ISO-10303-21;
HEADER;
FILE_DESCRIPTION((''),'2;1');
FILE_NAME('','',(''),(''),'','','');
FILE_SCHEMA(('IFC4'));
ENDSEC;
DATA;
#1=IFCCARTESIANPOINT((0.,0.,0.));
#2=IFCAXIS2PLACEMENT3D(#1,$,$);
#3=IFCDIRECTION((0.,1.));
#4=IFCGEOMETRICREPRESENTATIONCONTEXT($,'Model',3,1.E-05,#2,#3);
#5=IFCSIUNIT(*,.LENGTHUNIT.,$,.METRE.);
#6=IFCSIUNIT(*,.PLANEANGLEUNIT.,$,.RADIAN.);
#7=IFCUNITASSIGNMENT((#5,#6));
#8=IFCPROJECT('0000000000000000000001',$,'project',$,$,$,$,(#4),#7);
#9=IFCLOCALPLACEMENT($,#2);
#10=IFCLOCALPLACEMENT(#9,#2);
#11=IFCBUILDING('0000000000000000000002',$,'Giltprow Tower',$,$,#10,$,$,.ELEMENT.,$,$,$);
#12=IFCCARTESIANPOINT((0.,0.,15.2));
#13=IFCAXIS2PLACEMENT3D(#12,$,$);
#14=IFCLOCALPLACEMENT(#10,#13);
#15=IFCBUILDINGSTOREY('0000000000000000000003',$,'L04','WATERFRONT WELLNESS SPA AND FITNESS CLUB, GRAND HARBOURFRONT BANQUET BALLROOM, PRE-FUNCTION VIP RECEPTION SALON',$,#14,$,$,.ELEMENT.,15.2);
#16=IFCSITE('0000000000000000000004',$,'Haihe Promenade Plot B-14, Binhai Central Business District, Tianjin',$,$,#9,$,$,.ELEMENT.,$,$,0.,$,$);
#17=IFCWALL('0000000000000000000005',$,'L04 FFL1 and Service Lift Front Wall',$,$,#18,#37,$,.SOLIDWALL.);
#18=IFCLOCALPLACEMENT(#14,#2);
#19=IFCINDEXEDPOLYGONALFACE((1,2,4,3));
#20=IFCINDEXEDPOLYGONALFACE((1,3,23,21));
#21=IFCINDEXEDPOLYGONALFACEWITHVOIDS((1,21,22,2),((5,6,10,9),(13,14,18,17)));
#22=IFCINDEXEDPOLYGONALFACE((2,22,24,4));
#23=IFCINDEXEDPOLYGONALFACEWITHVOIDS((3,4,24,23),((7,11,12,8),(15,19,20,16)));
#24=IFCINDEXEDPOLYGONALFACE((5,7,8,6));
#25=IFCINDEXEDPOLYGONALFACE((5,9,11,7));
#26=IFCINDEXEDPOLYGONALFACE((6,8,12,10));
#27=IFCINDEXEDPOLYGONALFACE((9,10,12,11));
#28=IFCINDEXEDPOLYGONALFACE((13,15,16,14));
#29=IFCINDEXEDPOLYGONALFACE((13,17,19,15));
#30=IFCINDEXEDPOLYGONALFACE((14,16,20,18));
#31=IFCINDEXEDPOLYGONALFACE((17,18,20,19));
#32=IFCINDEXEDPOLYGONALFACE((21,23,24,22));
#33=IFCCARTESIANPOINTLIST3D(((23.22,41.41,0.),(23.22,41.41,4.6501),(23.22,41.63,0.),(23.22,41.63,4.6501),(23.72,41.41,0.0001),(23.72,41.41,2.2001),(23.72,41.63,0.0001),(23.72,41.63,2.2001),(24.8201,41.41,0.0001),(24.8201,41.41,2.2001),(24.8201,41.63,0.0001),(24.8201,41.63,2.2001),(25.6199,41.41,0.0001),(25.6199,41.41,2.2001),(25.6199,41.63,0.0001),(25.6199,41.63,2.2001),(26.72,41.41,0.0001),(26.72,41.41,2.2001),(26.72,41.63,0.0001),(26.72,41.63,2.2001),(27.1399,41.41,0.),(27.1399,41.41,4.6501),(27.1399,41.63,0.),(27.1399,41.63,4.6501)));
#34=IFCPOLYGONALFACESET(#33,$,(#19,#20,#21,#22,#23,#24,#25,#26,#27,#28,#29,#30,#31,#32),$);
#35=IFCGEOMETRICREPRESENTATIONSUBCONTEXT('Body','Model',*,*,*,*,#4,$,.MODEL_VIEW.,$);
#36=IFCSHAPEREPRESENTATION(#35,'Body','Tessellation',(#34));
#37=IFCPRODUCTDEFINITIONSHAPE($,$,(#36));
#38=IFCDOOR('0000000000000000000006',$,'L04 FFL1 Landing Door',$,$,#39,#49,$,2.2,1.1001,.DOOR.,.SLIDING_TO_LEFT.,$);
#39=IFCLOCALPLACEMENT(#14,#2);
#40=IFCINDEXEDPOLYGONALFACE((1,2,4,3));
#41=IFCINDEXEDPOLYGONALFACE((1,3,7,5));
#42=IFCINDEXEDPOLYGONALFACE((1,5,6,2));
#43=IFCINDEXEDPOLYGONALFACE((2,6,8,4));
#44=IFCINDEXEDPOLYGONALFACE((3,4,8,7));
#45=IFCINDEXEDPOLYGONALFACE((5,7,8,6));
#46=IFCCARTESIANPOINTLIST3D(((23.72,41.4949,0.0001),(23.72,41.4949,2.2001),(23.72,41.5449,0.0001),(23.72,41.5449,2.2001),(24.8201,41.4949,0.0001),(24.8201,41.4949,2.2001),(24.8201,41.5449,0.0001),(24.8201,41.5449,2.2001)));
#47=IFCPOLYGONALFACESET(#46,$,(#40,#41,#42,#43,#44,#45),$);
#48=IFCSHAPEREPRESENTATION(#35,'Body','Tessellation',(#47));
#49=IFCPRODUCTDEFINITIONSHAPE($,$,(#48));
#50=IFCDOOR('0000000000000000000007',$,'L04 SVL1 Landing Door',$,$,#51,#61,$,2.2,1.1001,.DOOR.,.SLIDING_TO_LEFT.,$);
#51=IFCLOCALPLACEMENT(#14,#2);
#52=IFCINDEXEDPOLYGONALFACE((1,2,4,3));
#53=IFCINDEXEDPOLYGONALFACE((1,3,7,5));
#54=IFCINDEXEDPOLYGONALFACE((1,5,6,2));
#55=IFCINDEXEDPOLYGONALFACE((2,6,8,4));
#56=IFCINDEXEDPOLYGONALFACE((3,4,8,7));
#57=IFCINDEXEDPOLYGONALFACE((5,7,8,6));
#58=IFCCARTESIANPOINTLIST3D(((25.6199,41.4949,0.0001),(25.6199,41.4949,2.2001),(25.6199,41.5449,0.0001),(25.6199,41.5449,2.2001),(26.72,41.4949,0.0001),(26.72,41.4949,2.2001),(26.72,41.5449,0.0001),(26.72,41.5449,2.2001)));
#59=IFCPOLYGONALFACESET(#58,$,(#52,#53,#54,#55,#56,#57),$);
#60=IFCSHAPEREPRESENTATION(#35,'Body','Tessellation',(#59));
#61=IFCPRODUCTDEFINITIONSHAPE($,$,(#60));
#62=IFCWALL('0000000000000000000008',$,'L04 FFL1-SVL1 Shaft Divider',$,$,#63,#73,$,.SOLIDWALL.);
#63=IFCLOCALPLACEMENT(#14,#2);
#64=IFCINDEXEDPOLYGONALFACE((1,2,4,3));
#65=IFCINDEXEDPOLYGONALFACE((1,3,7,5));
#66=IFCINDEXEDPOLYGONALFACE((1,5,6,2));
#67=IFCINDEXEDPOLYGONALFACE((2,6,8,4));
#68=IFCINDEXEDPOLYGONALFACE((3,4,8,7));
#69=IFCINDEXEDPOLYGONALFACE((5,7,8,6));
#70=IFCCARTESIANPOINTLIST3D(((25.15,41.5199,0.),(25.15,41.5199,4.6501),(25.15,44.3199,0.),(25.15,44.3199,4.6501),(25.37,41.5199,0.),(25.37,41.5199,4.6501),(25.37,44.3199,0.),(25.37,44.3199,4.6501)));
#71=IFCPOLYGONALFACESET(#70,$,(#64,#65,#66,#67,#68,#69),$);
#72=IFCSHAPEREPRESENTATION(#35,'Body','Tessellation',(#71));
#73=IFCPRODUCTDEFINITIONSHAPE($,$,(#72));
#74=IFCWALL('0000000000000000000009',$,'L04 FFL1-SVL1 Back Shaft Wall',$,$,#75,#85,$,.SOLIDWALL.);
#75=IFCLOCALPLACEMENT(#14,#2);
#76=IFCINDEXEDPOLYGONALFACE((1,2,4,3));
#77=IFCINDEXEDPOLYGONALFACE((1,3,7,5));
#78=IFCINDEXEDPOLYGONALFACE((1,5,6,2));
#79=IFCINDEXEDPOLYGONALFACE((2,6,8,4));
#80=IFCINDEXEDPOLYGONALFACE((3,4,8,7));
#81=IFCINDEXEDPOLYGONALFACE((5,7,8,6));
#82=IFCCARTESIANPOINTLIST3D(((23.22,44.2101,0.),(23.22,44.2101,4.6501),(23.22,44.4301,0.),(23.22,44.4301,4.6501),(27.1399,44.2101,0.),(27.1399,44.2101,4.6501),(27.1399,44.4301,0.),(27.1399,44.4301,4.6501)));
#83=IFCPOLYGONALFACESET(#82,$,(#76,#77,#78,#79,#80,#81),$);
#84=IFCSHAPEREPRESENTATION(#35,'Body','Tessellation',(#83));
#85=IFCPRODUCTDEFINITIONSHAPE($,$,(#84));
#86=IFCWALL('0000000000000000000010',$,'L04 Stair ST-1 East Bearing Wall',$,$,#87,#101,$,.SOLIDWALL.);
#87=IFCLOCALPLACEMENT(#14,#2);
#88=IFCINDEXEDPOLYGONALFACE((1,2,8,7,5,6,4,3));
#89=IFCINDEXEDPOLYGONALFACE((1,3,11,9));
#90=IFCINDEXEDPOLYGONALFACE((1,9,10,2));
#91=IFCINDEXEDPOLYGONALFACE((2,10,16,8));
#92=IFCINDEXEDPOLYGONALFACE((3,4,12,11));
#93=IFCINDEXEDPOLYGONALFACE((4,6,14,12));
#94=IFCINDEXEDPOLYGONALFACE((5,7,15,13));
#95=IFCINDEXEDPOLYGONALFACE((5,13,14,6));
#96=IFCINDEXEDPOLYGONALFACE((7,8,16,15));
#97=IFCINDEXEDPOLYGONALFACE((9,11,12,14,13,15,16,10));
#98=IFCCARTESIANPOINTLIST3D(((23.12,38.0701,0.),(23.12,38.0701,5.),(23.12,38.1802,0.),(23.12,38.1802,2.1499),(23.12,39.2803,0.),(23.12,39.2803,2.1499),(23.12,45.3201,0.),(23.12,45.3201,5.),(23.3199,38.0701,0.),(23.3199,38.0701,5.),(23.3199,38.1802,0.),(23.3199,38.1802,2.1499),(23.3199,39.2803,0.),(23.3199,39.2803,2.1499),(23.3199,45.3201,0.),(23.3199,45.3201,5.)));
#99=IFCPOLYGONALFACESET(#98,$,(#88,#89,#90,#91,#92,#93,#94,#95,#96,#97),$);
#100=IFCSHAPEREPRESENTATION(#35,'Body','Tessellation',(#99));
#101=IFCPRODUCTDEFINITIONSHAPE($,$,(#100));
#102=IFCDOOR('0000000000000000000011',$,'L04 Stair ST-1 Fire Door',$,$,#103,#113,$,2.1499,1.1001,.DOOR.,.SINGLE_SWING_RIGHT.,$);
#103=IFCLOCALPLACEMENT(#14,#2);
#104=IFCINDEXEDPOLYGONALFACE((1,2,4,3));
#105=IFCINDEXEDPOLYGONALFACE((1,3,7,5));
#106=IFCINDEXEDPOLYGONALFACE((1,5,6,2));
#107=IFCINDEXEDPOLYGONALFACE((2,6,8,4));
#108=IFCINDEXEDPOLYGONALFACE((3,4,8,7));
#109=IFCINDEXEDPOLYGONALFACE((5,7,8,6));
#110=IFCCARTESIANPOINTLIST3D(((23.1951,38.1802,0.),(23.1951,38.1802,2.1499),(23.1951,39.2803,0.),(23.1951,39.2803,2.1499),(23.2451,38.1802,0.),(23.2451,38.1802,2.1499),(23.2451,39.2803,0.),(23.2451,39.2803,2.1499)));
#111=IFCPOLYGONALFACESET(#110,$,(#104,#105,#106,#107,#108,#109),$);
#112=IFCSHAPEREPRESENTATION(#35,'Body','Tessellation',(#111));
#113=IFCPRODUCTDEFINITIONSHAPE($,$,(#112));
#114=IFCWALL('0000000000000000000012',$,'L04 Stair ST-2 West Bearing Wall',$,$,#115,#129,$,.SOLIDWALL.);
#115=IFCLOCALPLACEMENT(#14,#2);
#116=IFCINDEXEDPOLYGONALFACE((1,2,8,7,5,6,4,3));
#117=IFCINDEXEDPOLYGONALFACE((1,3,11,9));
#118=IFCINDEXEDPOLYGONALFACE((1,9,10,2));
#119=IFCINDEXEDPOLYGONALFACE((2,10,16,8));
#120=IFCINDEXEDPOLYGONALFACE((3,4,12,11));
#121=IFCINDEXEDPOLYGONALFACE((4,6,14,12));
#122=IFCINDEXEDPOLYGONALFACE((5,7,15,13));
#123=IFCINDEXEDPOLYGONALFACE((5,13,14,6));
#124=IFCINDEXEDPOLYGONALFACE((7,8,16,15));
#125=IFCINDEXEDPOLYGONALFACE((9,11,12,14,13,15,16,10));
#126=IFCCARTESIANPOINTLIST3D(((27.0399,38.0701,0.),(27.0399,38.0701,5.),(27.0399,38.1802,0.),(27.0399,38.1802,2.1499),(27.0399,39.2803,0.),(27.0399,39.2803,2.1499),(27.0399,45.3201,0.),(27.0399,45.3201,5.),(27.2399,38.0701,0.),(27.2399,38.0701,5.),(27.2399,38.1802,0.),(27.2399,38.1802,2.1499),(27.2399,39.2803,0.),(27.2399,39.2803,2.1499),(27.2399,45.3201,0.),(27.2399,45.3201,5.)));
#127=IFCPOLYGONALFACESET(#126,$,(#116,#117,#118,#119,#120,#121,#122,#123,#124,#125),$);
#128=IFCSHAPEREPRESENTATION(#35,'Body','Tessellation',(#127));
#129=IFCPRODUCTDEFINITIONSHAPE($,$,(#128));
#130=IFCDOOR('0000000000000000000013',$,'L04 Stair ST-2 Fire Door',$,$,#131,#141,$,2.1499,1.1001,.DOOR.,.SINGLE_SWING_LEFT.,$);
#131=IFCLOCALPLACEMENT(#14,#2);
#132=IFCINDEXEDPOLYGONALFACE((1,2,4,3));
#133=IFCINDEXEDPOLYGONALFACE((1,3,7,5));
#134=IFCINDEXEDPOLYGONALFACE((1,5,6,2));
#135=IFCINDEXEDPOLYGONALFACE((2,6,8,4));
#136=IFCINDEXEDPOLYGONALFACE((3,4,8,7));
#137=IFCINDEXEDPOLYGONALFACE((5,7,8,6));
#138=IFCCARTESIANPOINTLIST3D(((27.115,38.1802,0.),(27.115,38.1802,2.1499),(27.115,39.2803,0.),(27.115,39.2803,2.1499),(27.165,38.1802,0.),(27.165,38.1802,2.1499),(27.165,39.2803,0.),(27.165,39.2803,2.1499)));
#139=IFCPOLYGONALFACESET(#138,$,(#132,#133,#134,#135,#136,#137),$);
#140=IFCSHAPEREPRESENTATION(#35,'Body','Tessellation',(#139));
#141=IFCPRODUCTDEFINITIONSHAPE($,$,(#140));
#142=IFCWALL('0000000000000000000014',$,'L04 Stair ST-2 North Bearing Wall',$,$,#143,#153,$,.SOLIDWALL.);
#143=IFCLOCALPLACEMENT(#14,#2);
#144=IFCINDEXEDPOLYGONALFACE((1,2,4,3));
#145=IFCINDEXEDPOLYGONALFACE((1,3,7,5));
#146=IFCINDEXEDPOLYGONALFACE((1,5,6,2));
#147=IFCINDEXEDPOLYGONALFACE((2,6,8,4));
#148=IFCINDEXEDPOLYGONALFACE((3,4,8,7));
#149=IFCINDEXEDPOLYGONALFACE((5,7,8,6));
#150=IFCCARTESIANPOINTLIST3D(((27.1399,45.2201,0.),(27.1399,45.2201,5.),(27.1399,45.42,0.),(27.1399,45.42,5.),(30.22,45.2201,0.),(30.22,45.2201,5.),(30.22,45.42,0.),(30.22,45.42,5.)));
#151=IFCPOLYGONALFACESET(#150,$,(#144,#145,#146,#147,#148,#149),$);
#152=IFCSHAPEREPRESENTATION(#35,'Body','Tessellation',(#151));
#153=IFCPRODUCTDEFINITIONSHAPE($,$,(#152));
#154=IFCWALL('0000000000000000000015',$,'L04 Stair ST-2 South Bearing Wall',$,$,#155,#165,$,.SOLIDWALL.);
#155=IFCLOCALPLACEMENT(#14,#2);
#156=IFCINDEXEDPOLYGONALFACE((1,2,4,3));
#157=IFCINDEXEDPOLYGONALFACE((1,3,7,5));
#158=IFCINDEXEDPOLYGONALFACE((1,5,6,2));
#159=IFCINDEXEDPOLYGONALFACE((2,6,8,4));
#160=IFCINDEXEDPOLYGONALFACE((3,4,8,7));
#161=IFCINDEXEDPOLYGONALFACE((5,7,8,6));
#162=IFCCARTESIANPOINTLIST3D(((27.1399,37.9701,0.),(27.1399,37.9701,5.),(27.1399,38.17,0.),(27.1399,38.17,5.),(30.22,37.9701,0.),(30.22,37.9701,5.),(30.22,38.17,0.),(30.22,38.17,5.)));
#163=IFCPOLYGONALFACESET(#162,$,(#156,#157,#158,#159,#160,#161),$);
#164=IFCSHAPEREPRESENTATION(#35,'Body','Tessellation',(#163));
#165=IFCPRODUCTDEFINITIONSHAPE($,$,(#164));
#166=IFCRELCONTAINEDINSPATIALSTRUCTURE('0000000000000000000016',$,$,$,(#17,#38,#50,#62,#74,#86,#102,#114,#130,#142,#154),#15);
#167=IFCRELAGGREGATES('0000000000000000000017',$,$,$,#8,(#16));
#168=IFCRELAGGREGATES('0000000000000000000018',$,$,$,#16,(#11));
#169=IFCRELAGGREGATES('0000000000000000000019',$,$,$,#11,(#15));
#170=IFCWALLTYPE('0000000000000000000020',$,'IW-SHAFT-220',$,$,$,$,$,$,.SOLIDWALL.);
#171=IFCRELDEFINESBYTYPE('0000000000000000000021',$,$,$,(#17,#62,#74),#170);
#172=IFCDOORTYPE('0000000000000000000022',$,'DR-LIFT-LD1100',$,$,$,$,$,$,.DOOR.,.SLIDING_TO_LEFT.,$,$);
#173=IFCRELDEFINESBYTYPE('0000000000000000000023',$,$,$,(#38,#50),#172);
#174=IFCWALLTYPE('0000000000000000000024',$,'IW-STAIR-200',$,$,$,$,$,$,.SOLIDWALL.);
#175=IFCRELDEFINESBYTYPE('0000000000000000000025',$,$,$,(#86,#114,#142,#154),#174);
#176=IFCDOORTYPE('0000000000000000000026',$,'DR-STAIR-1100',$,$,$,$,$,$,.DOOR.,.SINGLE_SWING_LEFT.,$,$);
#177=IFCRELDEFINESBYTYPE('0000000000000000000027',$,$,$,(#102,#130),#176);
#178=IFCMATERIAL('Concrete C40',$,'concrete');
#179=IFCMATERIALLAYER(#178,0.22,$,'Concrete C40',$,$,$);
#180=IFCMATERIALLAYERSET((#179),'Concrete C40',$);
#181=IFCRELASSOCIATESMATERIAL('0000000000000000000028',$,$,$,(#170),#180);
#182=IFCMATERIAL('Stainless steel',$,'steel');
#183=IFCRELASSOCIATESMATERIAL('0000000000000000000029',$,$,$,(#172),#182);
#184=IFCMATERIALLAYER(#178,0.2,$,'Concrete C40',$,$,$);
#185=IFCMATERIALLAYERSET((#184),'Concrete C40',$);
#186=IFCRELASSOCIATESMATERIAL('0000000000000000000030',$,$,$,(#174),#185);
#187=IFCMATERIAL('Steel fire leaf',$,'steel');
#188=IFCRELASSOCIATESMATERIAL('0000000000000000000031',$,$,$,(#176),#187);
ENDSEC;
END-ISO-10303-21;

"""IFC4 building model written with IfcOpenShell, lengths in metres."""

from ifc_helpers import new_model, si_unit, direction, frame, frame_2d, origin, place, context, subcontext, project, spatial, rectangle, extrude, source, transform, mapped, material, layer, layer_set, type_object, element, fill, save


model = new_model("IFC4")

# Units and contexts
model_context = context("Model", 3, precision=1e-05, world=origin(), true_north=direction((0.0, 1.0)))
body_context = subcontext(model_context, "Body", "Model", "MODEL_VIEW")
ifc_project = project(units=[si_unit("LENGTHUNIT", "METRE"), si_unit("PLANEANGLEUNIT", "RADIAN")], contexts=[model_context])

# Site, building, storey
site_placement = place(None, origin())
site = spatial("IfcSite", under=ifc_project, at=site_placement, Name="Haihe Promenade Plot B-14, Binhai Central Business District, Tianjin", CompositionType="ELEMENT", RefElevation=0.0)
building_placement = place(site_placement, origin())
building = spatial("IfcBuilding", under=site, at=building_placement, Name="Giltprow Tower", CompositionType="ELEMENT")
storey_placement = place(building_placement, frame((0.0, 0.0, 15.2)))
storey = spatial("IfcBuildingStorey", under=building, at=storey_placement, Name="L04", Description="WATERFRONT WELLNESS SPA AND FITNESS CLUB, GRAND HARBOURFRONT BANQUET BALLROOM, PRE-FUNCTION VIP RECEPTION SALON", CompositionType="ELEMENT", Elevation=15.2)

# Wall, openings, doors
ifc_material_1 = material(Name="Concrete C40", Category="concrete")
ifc_layer_1 = layer(ifc_material_1, 0.22, Name="Concrete C40")
ifc_layer_set_1 = layer_set([ifc_layer_1], Name="Concrete C40")
wall_type_1 = type_object("IfcWallType", Name="IW-SHAFT-220", PredefinedType="SOLIDWALL", material=ifc_layer_set_1)
wall_1_placement = place(storey_placement, frame((23.22, 41.52, 0.0), z_axis=(0.0, 0.0, 1.0), x_axis=(1.0, 0.0, 0.0)))
wall_1 = element("IfcWall", 1, at=wall_1_placement, inside=storey, type_object=wall_type_1, Name="L04 FFL1 and Service Lift Front Wall", PredefinedType="SOLIDWALL", context=body_context, shape_type="SweptSolid", body=[
    extrude(rectangle(XDim=3.9199, YDim=0.22, at=frame_2d((1.96, 0.0))), origin(), (0.0, 0.0, 1.0), 4.6501),
])
opening_1_placement = place(wall_1_placement, frame((0.5, 0.0, 0.0)))
opening_1 = element("IfcOpeningElement", 2, at=opening_1_placement, cuts=wall_1, PredefinedType="OPENING", context=body_context, shape_type="SweptSolid", body=[
    extrude(rectangle(XDim=1.1001, YDim=2.2, at=frame_2d((0.55, 1.1001))), frame((0.0, 0.1199, 0.0), z_axis=(0.0, -1.0, 0.0), x_axis=(1.0, 0.0, 0.0)), (0.0, 0.0, 1.0), 0.24),
])
opening_2_placement = place(wall_1_placement, frame((2.3999, 0.0, 0.0)))
opening_2 = element("IfcOpeningElement", 3, at=opening_2_placement, cuts=wall_1, PredefinedType="OPENING", context=body_context, shape_type="SweptSolid", body=[
    extrude(rectangle(XDim=1.1001, YDim=2.2, at=frame_2d((0.55, 1.1001))), frame((0.0, 0.1199, 0.0), z_axis=(0.0, -1.0, 0.0), x_axis=(1.0, 0.0, 0.0)), (0.0, 0.0, 1.0), 0.24),
])
ifc_material_2 = material(Name="Stainless steel", Category="steel")
door_type_1 = type_object("IfcDoorType", Name="DR-LIFT-LD1100", OperationType="SLIDING_TO_LEFT", PredefinedType="DOOR", material=ifc_material_2)
shared_shape_1 = source(origin(), body_context, "Body", "SweptSolid", [
    extrude(rectangle(XDim=1.1001, YDim=2.2, at=frame_2d((0.55, 1.1001))), frame((0.0, 0.0249, 0.0), z_axis=(0.0, -1.0, 0.0), x_axis=(1.0, 0.0, 0.0)), (0.0, 0.0, 1.0), 0.05),
])
door_1_placement = place(opening_1_placement, origin())
door_1 = element("IfcDoor", 4, at=door_1_placement, inside=storey, type_object=door_type_1, Name="L04 FFL1 Landing Door", OperationType="SLIDING_TO_LEFT", OverallHeight=2.2, OverallWidth=1.1001, PredefinedType="DOOR", context=body_context, shape_type="MappedRepresentation", body=[
    mapped(shared_shape_1, transform((0.0, 0.0, 0.0), x_axis=(1.0, 0.0, 0.0), y_axis=(0.0, 1.0, 0.0), z_axis=(0.0, 0.0, 1.0), scale=1.0)),
])
fill(opening_1, door_1)
door_2_placement = place(opening_2_placement, origin())
door_2 = element("IfcDoor", 5, at=door_2_placement, inside=storey, type_object=door_type_1, Name="L04 SVL1 Landing Door", OperationType="SLIDING_TO_LEFT", OverallHeight=2.2, OverallWidth=1.1001, PredefinedType="DOOR", context=body_context, shape_type="MappedRepresentation", body=[
    mapped(shared_shape_1, transform((0.0, 0.0, 0.0), x_axis=(1.0, 0.0, 0.0), y_axis=(0.0, 1.0, 0.0), z_axis=(0.0, 0.0, 1.0), scale=1.0)),
])
fill(opening_2, door_2)

# Walls
wall_2_placement = place(storey_placement, frame((25.26, 41.52, 0.0), z_axis=(0.0, 0.0, 1.0), x_axis=(0.0, 1.0, 0.0)))
element("IfcWall", 6, at=wall_2_placement, inside=storey, type_object=wall_type_1, Name="L04 FFL1-SVL1 Shaft Divider", PredefinedType="SOLIDWALL", context=body_context, shape_type="SweptSolid", body=[
    extrude(rectangle(XDim=2.8, YDim=0.22, at=frame_2d((1.3999, 0.0))), origin(), (0.0, 0.0, 1.0), 4.6501),
])
wall_3_placement = place(storey_placement, frame((23.22, 44.3201, 0.0), z_axis=(0.0, 0.0, 1.0), x_axis=(1.0, 0.0, 0.0)))
element("IfcWall", 7, at=wall_3_placement, inside=storey, type_object=wall_type_1, Name="L04 FFL1-SVL1 Back Shaft Wall", PredefinedType="SOLIDWALL", context=body_context, shape_type="SweptSolid", body=[
    extrude(rectangle(XDim=3.9199, YDim=0.22, at=frame_2d((1.96, 0.0))), origin(), (0.0, 0.0, 1.0), 4.6501),
])

# Walls, openings, doors
ifc_layer_2 = layer(ifc_material_1, 0.2, Name="Concrete C40")
ifc_layer_set_2 = layer_set([ifc_layer_2], Name="Concrete C40")
wall_type_2 = type_object("IfcWallType", Name="IW-STAIR-200", PredefinedType="SOLIDWALL", material=ifc_layer_set_2)
wall_4_placement = place(storey_placement, frame((23.22, 38.0701, 0.0), z_axis=(0.0, 0.0, 1.0), x_axis=(0.0, 1.0, 0.0)))
wall_4 = element("IfcWall", 8, at=wall_4_placement, inside=storey, type_object=wall_type_2, Name="L04 Stair ST-1 East Bearing Wall", PredefinedType="SOLIDWALL", context=body_context, shape_type="SweptSolid", body=[
    extrude(rectangle(XDim=7.25, YDim=0.2, at=frame_2d((3.625, 0.0))), origin(), (0.0, 0.0, 1.0), 5.0),
])
opening_3_placement = place(wall_4_placement, frame((0.1101, 0.0, 0.0)))
opening_3 = element("IfcOpeningElement", 9, at=opening_3_placement, cuts=wall_4, PredefinedType="OPENING", context=body_context, shape_type="SweptSolid", body=[
    extrude(rectangle(XDim=1.1001, YDim=2.1499, at=frame_2d((0.55, 1.075))), frame((0.0, 0.1099, 0.0), z_axis=(0.0, -1.0, 0.0), x_axis=(1.0, 0.0, 0.0)), (0.0, 0.0, 1.0), 0.22),
])
ifc_material_3 = material(Name="Steel fire leaf", Category="steel")
door_type_2 = type_object("IfcDoorType", Name="DR-STAIR-1100", OperationType="SINGLE_SWING_LEFT", PredefinedType="DOOR", material=ifc_material_3)
shared_shape_2 = source(origin(), body_context, "Body", "SweptSolid", [
    extrude(rectangle(XDim=1.1001, YDim=2.1499, at=frame_2d((0.55, 1.075))), frame((0.0, 0.0249, 0.0), z_axis=(0.0, -1.0, 0.0), x_axis=(1.0, 0.0, 0.0)), (0.0, 0.0, 1.0), 0.05),
])
door_3_placement = place(opening_3_placement, origin())
door_3 = element("IfcDoor", 10, at=door_3_placement, inside=storey, type_object=door_type_2, Name="L04 Stair ST-1 Fire Door", OperationType="SINGLE_SWING_RIGHT", OverallHeight=2.1499, OverallWidth=1.1001, PredefinedType="DOOR", context=body_context, shape_type="MappedRepresentation", body=[
    mapped(shared_shape_2, transform((0.0, 0.0, 0.0), x_axis=(1.0, 0.0, 0.0), y_axis=(0.0, 1.0, 0.0), z_axis=(0.0, 0.0, 1.0), scale=1.0)),
])
fill(opening_3, door_3)
wall_5_placement = place(storey_placement, frame((27.1399, 38.0701, 0.0), z_axis=(0.0, 0.0, 1.0), x_axis=(0.0, 1.0, 0.0)))
wall_5 = element("IfcWall", 11, at=wall_5_placement, inside=storey, type_object=wall_type_2, Name="L04 Stair ST-2 West Bearing Wall", PredefinedType="SOLIDWALL", context=body_context, shape_type="SweptSolid", body=[
    extrude(rectangle(XDim=7.25, YDim=0.2, at=frame_2d((3.625, 0.0))), origin(), (0.0, 0.0, 1.0), 5.0),
])
opening_4_placement = place(wall_5_placement, frame((0.1101, 0.0, 0.0)))
opening_4 = element("IfcOpeningElement", 12, at=opening_4_placement, cuts=wall_5, PredefinedType="OPENING", context=body_context, shape_type="SweptSolid", body=[
    extrude(rectangle(XDim=1.1001, YDim=2.1499, at=frame_2d((0.55, 1.075))), frame((0.0, 0.1099, 0.0), z_axis=(0.0, -1.0, 0.0), x_axis=(1.0, 0.0, 0.0)), (0.0, 0.0, 1.0), 0.22),
])
door_4_placement = place(opening_4_placement, origin())
door_4 = element("IfcDoor", 13, at=door_4_placement, inside=storey, type_object=door_type_2, Name="L04 Stair ST-2 Fire Door", OperationType="SINGLE_SWING_LEFT", OverallHeight=2.1499, OverallWidth=1.1001, PredefinedType="DOOR", context=body_context, shape_type="MappedRepresentation", body=[
    mapped(shared_shape_2, transform((0.0, 0.0, 0.0), x_axis=(1.0, 0.0, 0.0), y_axis=(0.0, 1.0, 0.0), z_axis=(0.0, 0.0, 1.0), scale=1.0)),
])
fill(opening_4, door_4)

# Walls
for number, where, z_axis, x_axis, name in (
    (14, (27.1399, 45.3201, 0.0), (0.0, 0.0, 1.0), (1.0, 0.0, 0.0), "L04 Stair ST-2 North Bearing Wall"),
    (15, (27.1399, 38.0701, 0.0), (0.0, 0.0, 1.0), (1.0, 0.0, 0.0), "L04 Stair ST-2 South Bearing Wall"),
):
    element("IfcWall", number, at=place(storey_placement, frame(where, z_axis=z_axis, x_axis=x_axis)), inside=storey, type_object=wall_type_2, Name=name, PredefinedType="SOLIDWALL", context=body_context, shape_type="SweptSolid", body=[
        extrude(rectangle(XDim=3.0801, YDim=0.2, at=frame_2d((1.54, 0.0))), origin(), (0.0, 0.0, 1.0), 5.0),
    ])

save(model, "model.ifc")
